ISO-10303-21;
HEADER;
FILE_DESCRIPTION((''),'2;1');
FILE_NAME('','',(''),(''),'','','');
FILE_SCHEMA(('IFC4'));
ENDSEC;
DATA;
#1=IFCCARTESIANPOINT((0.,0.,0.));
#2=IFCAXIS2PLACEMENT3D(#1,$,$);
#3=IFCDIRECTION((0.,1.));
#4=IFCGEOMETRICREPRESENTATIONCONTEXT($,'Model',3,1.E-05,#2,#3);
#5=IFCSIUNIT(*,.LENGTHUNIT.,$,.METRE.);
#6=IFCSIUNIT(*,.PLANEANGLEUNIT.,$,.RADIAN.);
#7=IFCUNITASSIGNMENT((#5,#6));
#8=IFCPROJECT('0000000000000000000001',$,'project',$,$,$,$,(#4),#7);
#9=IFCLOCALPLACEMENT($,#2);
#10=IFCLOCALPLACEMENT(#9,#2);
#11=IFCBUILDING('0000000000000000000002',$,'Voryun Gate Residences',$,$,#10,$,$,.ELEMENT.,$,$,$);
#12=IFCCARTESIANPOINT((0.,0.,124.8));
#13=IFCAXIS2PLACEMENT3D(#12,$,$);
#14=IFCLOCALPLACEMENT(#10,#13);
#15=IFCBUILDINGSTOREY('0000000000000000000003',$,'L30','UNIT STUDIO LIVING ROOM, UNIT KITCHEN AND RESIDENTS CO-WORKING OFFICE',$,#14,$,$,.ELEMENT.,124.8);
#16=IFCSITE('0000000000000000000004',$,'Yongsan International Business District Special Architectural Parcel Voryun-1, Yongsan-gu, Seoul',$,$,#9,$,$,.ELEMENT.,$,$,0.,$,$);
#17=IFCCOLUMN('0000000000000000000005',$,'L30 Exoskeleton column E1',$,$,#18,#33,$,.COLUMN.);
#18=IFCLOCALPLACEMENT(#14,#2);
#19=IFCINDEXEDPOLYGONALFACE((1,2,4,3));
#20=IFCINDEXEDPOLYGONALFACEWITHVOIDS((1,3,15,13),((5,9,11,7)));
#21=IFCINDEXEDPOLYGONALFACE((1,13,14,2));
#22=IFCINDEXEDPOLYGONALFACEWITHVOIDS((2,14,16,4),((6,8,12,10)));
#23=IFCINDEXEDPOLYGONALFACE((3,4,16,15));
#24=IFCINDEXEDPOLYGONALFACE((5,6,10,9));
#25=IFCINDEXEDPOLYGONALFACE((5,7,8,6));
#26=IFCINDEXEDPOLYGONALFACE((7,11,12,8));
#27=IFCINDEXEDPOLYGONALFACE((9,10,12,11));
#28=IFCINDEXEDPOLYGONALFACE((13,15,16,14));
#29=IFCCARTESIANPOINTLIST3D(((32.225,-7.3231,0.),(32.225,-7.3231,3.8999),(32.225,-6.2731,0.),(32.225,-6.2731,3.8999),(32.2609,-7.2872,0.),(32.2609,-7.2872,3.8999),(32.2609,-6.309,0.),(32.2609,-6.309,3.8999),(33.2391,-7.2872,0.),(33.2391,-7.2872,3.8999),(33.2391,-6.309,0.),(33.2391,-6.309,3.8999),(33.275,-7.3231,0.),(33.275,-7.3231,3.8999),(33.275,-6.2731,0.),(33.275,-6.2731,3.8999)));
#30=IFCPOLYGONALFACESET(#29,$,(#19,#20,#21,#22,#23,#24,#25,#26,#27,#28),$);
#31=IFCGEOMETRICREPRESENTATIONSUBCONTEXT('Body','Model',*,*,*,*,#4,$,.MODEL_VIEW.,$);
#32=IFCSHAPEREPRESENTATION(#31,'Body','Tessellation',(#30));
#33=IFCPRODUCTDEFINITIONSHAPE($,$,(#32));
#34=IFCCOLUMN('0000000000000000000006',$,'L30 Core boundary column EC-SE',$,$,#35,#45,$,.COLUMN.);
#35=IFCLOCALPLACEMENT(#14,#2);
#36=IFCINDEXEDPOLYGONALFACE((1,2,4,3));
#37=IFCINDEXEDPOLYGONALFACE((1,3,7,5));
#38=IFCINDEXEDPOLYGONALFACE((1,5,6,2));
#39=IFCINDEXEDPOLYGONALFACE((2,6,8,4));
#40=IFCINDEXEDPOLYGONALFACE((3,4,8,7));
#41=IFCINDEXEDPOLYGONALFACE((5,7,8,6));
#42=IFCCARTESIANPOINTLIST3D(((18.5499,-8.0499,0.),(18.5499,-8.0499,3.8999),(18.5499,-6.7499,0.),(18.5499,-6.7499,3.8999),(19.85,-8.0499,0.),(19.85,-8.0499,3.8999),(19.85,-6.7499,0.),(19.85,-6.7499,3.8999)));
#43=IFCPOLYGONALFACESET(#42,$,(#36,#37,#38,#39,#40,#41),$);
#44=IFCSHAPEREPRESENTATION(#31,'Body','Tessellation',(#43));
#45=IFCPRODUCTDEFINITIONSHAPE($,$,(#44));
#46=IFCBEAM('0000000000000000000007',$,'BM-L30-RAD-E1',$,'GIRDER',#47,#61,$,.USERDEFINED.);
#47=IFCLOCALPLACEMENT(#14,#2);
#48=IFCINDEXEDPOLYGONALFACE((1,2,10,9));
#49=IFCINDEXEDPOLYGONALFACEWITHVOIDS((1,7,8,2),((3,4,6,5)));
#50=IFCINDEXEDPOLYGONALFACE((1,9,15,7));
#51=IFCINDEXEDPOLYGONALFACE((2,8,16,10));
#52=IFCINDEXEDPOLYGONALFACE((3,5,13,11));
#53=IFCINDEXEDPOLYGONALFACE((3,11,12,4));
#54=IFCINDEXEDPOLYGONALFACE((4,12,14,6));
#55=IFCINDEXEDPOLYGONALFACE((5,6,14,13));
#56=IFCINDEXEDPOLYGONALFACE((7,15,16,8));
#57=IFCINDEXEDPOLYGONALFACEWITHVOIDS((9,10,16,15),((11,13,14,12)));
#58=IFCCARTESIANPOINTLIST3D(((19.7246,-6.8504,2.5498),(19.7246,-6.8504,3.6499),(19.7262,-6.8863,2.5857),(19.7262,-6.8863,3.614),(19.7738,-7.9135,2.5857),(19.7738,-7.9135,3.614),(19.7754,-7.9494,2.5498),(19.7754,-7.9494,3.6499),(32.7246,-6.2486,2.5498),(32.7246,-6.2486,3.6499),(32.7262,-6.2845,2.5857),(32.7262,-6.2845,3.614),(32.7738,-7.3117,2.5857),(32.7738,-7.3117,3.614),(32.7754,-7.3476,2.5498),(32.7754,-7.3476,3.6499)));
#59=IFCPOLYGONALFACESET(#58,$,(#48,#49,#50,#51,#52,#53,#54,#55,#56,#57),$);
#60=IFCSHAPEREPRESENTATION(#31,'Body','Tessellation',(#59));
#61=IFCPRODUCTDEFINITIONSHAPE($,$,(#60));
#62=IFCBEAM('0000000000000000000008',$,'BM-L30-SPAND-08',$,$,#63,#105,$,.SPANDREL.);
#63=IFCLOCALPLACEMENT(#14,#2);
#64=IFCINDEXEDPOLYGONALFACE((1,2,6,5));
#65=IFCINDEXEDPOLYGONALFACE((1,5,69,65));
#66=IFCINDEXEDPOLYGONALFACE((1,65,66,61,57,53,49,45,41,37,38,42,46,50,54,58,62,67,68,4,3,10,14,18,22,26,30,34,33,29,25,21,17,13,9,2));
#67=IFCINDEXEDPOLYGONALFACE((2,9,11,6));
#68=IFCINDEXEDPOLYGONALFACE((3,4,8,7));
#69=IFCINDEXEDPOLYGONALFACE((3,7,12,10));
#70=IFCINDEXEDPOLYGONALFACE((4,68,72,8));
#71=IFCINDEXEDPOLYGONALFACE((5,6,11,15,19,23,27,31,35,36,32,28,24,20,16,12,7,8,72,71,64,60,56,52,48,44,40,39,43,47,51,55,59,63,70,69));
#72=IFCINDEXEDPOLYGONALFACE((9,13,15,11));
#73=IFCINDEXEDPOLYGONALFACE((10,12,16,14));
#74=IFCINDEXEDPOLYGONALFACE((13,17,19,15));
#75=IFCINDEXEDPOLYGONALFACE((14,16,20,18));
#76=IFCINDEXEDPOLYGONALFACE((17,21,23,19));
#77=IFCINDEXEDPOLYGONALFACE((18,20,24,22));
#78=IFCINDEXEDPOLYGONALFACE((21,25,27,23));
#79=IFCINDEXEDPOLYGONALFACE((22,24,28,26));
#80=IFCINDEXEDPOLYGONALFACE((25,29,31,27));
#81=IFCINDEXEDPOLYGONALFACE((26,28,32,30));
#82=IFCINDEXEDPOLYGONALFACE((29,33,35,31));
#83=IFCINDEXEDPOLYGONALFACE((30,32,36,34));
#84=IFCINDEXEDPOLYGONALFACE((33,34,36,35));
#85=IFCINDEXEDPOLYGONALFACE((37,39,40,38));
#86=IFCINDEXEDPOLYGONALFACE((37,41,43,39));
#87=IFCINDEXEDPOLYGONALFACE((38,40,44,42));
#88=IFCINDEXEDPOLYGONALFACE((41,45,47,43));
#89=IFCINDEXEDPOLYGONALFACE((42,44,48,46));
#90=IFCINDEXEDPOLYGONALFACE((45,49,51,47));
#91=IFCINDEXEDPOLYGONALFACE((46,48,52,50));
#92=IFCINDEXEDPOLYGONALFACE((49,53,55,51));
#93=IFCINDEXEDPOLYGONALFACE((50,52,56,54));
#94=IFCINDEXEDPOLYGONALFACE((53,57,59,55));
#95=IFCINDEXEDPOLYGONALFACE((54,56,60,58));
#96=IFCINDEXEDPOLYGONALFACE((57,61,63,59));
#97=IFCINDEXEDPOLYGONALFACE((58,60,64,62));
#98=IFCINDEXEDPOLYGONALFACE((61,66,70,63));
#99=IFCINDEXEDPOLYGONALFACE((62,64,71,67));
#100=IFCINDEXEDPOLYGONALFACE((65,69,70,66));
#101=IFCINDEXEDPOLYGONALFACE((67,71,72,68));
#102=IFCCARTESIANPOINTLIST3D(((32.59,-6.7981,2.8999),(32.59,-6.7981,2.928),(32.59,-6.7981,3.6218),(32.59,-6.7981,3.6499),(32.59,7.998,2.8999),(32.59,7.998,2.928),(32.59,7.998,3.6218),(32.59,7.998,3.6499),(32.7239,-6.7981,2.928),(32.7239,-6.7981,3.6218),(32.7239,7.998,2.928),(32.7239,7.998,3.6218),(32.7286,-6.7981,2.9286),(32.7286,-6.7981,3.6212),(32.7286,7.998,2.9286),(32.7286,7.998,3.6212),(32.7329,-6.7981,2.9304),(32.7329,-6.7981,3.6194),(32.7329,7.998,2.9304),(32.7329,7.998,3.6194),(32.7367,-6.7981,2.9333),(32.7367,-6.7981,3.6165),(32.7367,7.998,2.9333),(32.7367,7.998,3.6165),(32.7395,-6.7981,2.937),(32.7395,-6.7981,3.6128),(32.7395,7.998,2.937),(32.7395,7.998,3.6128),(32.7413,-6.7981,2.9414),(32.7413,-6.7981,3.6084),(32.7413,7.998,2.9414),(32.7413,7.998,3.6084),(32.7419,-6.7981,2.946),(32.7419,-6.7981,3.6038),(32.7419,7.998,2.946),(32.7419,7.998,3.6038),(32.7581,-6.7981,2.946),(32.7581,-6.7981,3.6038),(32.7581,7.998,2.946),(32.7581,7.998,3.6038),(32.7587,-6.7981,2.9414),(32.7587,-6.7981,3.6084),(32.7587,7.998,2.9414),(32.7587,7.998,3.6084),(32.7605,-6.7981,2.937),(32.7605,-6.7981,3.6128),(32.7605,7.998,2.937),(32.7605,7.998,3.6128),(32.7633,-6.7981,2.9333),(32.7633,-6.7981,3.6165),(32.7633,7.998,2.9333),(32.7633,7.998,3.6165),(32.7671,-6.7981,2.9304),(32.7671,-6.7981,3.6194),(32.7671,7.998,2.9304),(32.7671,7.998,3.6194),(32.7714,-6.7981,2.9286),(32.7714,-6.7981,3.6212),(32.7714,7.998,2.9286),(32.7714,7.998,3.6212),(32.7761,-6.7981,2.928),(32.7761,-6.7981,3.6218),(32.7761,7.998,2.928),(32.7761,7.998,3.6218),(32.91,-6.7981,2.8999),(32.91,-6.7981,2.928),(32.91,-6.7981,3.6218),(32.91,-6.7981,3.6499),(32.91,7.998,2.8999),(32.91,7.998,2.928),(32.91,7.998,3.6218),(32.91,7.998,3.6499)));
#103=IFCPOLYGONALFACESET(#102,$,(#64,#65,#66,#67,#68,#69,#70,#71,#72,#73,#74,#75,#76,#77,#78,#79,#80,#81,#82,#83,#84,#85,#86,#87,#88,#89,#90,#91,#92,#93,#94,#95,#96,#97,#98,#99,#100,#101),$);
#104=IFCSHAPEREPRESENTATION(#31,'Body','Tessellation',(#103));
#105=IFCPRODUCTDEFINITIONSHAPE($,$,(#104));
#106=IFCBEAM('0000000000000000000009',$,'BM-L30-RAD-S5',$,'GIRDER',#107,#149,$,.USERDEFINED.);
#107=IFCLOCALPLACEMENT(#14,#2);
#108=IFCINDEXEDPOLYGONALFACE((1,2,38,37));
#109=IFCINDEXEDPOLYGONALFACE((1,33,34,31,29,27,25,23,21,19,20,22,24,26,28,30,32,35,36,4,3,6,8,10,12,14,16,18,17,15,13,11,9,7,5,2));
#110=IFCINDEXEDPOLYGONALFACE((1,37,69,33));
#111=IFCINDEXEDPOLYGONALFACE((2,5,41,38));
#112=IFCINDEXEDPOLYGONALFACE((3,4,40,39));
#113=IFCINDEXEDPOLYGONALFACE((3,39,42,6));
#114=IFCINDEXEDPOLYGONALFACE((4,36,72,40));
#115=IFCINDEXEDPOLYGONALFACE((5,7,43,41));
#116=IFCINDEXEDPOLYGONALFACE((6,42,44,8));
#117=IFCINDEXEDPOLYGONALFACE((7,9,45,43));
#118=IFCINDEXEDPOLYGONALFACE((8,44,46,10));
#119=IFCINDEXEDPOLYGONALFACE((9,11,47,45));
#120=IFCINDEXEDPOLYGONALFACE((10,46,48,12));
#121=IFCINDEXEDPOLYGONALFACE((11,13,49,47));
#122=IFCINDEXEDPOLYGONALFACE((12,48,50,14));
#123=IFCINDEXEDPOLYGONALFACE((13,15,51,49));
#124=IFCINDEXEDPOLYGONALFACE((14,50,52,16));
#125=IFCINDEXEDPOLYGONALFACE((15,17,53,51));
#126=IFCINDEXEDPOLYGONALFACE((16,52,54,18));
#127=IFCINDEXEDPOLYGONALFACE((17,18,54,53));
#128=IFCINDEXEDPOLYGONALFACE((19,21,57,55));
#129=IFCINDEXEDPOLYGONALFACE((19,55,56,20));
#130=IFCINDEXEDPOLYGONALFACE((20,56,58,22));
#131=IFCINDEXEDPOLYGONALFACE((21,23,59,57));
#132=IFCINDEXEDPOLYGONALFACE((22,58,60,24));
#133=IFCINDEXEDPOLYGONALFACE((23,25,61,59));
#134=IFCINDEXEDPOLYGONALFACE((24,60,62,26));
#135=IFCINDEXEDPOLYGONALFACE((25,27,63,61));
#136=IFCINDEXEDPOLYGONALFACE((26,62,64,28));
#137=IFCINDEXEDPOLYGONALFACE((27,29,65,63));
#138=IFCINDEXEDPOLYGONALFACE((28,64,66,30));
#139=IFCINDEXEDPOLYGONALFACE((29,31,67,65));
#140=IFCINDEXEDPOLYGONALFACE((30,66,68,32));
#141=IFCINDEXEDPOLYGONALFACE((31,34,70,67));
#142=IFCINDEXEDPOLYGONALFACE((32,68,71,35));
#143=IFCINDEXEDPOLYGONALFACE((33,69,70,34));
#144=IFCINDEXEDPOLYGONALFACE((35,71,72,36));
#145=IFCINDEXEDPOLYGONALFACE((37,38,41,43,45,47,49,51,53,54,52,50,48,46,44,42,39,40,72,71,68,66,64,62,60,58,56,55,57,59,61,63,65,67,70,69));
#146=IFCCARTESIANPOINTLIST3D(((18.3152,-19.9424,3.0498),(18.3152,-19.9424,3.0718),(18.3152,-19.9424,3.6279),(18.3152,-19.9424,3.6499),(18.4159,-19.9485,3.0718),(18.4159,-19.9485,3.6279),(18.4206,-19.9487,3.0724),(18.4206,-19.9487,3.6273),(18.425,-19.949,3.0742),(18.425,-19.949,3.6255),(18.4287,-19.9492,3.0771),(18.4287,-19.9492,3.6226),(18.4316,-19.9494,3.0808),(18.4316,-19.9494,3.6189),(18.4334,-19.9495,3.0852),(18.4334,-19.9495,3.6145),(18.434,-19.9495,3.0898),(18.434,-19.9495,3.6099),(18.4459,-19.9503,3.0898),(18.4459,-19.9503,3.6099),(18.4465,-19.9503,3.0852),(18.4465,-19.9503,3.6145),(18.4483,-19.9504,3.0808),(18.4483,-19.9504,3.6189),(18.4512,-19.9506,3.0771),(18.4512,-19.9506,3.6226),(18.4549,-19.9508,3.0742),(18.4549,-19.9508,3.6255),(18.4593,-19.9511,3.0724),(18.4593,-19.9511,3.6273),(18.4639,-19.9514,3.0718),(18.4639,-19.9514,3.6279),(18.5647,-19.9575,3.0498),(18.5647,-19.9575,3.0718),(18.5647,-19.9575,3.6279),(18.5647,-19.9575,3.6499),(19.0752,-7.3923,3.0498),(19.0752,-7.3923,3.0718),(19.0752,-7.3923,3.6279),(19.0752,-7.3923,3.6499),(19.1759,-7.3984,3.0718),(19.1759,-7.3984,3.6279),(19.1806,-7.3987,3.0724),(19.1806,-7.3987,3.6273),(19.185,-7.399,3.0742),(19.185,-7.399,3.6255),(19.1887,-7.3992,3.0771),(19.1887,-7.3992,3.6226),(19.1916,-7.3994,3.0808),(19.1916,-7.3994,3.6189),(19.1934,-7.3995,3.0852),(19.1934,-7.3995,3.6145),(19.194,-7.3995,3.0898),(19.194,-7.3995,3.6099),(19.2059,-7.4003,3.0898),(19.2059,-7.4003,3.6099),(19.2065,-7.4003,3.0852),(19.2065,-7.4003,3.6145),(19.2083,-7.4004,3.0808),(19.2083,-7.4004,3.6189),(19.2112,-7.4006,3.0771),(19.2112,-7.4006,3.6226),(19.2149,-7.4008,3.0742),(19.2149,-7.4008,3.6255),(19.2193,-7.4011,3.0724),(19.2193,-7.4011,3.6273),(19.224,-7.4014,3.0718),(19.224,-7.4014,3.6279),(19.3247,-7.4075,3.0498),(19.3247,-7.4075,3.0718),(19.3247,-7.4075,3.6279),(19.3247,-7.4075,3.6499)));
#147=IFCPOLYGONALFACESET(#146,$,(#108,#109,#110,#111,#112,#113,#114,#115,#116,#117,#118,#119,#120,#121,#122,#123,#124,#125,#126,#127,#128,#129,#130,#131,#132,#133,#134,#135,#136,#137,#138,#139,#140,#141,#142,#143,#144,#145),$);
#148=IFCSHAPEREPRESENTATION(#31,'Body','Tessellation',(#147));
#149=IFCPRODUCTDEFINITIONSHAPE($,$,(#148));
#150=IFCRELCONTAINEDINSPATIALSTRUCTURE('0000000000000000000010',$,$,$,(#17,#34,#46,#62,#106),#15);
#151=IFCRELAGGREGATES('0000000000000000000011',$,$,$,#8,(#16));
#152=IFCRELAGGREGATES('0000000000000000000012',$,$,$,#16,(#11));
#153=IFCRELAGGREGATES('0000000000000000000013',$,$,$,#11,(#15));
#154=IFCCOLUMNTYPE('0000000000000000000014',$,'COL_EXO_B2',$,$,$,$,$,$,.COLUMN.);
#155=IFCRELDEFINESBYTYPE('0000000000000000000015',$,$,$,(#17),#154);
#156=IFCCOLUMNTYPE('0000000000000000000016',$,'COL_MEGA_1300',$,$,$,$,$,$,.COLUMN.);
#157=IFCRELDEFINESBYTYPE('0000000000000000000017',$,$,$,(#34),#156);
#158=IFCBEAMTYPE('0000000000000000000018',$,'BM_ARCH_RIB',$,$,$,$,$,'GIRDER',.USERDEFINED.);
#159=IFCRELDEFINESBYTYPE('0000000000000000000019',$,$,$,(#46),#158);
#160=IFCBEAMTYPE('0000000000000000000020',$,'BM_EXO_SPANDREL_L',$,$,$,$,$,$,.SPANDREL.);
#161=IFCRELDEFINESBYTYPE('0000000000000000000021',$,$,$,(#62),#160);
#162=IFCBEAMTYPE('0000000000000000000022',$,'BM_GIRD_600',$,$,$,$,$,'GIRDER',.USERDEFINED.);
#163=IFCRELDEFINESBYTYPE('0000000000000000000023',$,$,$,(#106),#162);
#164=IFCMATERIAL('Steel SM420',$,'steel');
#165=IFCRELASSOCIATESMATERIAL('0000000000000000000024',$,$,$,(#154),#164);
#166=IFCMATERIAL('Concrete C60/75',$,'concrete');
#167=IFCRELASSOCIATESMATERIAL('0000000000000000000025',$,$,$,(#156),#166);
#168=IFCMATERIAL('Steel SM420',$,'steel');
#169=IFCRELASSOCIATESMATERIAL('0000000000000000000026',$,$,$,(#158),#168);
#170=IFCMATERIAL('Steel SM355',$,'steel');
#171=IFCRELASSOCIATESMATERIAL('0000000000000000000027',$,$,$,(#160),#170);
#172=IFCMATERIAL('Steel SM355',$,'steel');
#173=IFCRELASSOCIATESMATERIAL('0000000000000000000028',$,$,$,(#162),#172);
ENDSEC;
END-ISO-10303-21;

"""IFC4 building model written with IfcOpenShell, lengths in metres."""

from ifc_helpers import new_model, si_unit, direction, frame, origin, origin_2d, place, context, subcontext, project, spatial, rectangle, hollow_rectangle, i_section, extrude, material, material_profile, profile_set, type_object, element, save


model = new_model("IFC4")

# Units and contexts
model_context = context("Model", 3, precision=1e-05, world=origin(), true_north=direction((0.0, 1.0)))
body_context = subcontext(model_context, "Body", "Model", "MODEL_VIEW")
ifc_project = project(units=[si_unit("LENGTHUNIT", "METRE"), si_unit("PLANEANGLEUNIT", "RADIAN")], contexts=[model_context])

# Site, building, storey
site_placement = place(None, origin())
site = spatial("IfcSite", under=ifc_project, at=site_placement, Name="Yongsan International Business District Special Architectural Parcel Voryun-1, Yongsan-gu, Seoul", CompositionType="ELEMENT", RefElevation=0.0)
building_placement = place(site_placement, origin())
building = spatial("IfcBuilding", under=site, at=building_placement, Name="Voryun Gate Residences", CompositionType="ELEMENT")
storey_placement = place(building_placement, frame((0.0, 0.0, 124.8)))
storey = spatial("IfcBuildingStorey", under=building, at=storey_placement, Name="L30", Description="UNIT STUDIO LIVING ROOM, UNIT KITCHEN AND RESIDENTS CO-WORKING OFFICE", CompositionType="ELEMENT", Elevation=124.8)

# Columns
ifc_material_1 = material(Name="Steel SM420", Category="steel")
ifc_material_profile_1 = material_profile(ifc_material_1, hollow_rectangle(XDim=1.05, YDim=1.05, WallThickness=0.0359, at=origin_2d()), Name="BOX-1050x1050x36")
ifc_profile_set_1 = profile_set([ifc_material_profile_1], Name="Steel SM420")
column_type_1 = type_object("IfcColumnType", Name="COL_EXO_B2", PredefinedType="COLUMN", material=ifc_profile_set_1)
column_1_placement = place(storey_placement, frame((32.75, -6.7981, 0.0), z_axis=(0.0, 0.0, 1.0), x_axis=(1.0, 0.0, 0.0)))
element("IfcColumn", 1, at=column_1_placement, inside=storey, type_object=column_type_1, Name="L30 Exoskeleton column E1", PredefinedType="COLUMN", context=body_context, shape_type="SweptSolid", body=[
    extrude(hollow_rectangle(XDim=1.05, YDim=1.05, WallThickness=0.0359, at=origin_2d()), origin(), (0.0, 0.0, 1.0), 3.8999),
])
ifc_material_2 = material(Name="Concrete C60/75", Category="concrete")
ifc_material_profile_2 = material_profile(ifc_material_2, rectangle(XDim=1.3, YDim=1.3, at=origin_2d()), Name="RC-1300x1300")
ifc_profile_set_2 = profile_set([ifc_material_profile_2], Name="Concrete C60/75")
column_type_2 = type_object("IfcColumnType", Name="COL_MEGA_1300", PredefinedType="COLUMN", material=ifc_profile_set_2)
column_2_placement = place(storey_placement, frame((19.2, -7.3999, 0.0), z_axis=(0.0, 0.0, 1.0), x_axis=(1.0, 0.0, 0.0)))
element("IfcColumn", 2, at=column_2_placement, inside=storey, type_object=column_type_2, Name="L30 Core boundary column EC-SE", PredefinedType="COLUMN", context=body_context, shape_type="SweptSolid", body=[
    extrude(rectangle(XDim=1.3, YDim=1.3, at=origin_2d()), origin(), (0.0, 0.0, 1.0), 3.8999),
])

# Beams
ifc_material_3 = material(Name="Steel SM420", Category="steel")
ifc_material_profile_3 = material_profile(ifc_material_3, hollow_rectangle(XDim=1.1001, YDim=1.1001, WallThickness=0.0359, at=origin_2d()), Name="BOX-1100x1100x36")
ifc_profile_set_3 = profile_set([ifc_material_profile_3], Name="Steel SM420")
beam_type_1 = type_object("IfcBeamType", Name="BM_ARCH_RIB", ElementType="GIRDER", PredefinedType="USERDEFINED", material=ifc_profile_set_3)
beam_1_placement = place(storey_placement, frame((19.75, -7.3999, 3.0999), z_axis=(0.99893, 0.046243, 0.0), x_axis=(-0.046243, 0.99893, 0.0)))
element("IfcBeam", 3, at=beam_1_placement, inside=storey, type_object=beam_type_1, Name="BM-L30-RAD-E1", ObjectType="GIRDER", PredefinedType="USERDEFINED", context=body_context, shape_type="SweptSolid", body=[
    extrude(hollow_rectangle(XDim=1.1001, YDim=1.1001, WallThickness=0.0359, at=origin_2d()), origin(), (0.0, 0.0, 1.0), 13.0139),
])
ifc_material_4 = material(Name="Steel SM355", Category="steel")
ifc_material_profile_4 = material_profile(ifc_material_4, i_section(OverallWidth=0.3201, OverallDepth=0.75, WebThickness=0.0161, FlangeThickness=0.0281, FilletRadius=0.0181, at=origin_2d()), Name="H-750x320x16x28")
ifc_profile_set_4 = profile_set([ifc_material_profile_4], Name="Steel SM355")
beam_type_2 = type_object("IfcBeamType", Name="BM_EXO_SPANDREL_L", PredefinedType="SPANDREL", material=ifc_profile_set_4)
beam_2_placement = place(storey_placement, frame((32.75, -6.7981, 3.2749), z_axis=(0.0, 1.0, 0.0), x_axis=(-1.0, 0.0, 0.0)))
element("IfcBeam", 4, at=beam_2_placement, inside=storey, type_object=beam_type_2, Name="BM-L30-SPAND-08", PredefinedType="SPANDREL", context=body_context, shape_type="SweptSolid", body=[
    extrude(i_section(OverallWidth=0.3201, OverallDepth=0.75, WebThickness=0.0161, FlangeThickness=0.0281, FilletRadius=0.0181, at=origin_2d()), origin(), (0.0, 0.0, 1.0), 14.7961),
])
ifc_material_5 = material(Name="Steel SM355", Category="steel")
ifc_material_profile_5 = material_profile(ifc_material_5, i_section(OverallWidth=0.25, OverallDepth=0.6001, WebThickness=0.012, FlangeThickness=0.022, FilletRadius=0.0181, at=origin_2d()), Name="H-600x250x12x22")
ifc_profile_set_5 = profile_set([ifc_material_profile_5], Name="Steel SM355")
beam_type_3 = type_object("IfcBeamType", Name="BM_GIRD_600", ElementType="GIRDER", PredefinedType="USERDEFINED", material=ifc_profile_set_5)
beam_3_placement = place(storey_placement, frame((19.2, -7.3999, 3.3499), z_axis=(-0.060448, -0.998171, 0.0), x_axis=(0.998171, -0.060448, 0.0)))
element("IfcBeam", 5, at=beam_3_placement, inside=storey, type_object=beam_type_3, Name="BM-L30-RAD-S5", ObjectType="GIRDER", PredefinedType="USERDEFINED", context=body_context, shape_type="SweptSolid", body=[
    extrude(i_section(OverallWidth=0.25, OverallDepth=0.6001, WebThickness=0.012, FlangeThickness=0.022, FilletRadius=0.0181, at=origin_2d()), origin(), (0.0, 0.0, 1.0), 12.573),
])

save(model, "model.ifc")
